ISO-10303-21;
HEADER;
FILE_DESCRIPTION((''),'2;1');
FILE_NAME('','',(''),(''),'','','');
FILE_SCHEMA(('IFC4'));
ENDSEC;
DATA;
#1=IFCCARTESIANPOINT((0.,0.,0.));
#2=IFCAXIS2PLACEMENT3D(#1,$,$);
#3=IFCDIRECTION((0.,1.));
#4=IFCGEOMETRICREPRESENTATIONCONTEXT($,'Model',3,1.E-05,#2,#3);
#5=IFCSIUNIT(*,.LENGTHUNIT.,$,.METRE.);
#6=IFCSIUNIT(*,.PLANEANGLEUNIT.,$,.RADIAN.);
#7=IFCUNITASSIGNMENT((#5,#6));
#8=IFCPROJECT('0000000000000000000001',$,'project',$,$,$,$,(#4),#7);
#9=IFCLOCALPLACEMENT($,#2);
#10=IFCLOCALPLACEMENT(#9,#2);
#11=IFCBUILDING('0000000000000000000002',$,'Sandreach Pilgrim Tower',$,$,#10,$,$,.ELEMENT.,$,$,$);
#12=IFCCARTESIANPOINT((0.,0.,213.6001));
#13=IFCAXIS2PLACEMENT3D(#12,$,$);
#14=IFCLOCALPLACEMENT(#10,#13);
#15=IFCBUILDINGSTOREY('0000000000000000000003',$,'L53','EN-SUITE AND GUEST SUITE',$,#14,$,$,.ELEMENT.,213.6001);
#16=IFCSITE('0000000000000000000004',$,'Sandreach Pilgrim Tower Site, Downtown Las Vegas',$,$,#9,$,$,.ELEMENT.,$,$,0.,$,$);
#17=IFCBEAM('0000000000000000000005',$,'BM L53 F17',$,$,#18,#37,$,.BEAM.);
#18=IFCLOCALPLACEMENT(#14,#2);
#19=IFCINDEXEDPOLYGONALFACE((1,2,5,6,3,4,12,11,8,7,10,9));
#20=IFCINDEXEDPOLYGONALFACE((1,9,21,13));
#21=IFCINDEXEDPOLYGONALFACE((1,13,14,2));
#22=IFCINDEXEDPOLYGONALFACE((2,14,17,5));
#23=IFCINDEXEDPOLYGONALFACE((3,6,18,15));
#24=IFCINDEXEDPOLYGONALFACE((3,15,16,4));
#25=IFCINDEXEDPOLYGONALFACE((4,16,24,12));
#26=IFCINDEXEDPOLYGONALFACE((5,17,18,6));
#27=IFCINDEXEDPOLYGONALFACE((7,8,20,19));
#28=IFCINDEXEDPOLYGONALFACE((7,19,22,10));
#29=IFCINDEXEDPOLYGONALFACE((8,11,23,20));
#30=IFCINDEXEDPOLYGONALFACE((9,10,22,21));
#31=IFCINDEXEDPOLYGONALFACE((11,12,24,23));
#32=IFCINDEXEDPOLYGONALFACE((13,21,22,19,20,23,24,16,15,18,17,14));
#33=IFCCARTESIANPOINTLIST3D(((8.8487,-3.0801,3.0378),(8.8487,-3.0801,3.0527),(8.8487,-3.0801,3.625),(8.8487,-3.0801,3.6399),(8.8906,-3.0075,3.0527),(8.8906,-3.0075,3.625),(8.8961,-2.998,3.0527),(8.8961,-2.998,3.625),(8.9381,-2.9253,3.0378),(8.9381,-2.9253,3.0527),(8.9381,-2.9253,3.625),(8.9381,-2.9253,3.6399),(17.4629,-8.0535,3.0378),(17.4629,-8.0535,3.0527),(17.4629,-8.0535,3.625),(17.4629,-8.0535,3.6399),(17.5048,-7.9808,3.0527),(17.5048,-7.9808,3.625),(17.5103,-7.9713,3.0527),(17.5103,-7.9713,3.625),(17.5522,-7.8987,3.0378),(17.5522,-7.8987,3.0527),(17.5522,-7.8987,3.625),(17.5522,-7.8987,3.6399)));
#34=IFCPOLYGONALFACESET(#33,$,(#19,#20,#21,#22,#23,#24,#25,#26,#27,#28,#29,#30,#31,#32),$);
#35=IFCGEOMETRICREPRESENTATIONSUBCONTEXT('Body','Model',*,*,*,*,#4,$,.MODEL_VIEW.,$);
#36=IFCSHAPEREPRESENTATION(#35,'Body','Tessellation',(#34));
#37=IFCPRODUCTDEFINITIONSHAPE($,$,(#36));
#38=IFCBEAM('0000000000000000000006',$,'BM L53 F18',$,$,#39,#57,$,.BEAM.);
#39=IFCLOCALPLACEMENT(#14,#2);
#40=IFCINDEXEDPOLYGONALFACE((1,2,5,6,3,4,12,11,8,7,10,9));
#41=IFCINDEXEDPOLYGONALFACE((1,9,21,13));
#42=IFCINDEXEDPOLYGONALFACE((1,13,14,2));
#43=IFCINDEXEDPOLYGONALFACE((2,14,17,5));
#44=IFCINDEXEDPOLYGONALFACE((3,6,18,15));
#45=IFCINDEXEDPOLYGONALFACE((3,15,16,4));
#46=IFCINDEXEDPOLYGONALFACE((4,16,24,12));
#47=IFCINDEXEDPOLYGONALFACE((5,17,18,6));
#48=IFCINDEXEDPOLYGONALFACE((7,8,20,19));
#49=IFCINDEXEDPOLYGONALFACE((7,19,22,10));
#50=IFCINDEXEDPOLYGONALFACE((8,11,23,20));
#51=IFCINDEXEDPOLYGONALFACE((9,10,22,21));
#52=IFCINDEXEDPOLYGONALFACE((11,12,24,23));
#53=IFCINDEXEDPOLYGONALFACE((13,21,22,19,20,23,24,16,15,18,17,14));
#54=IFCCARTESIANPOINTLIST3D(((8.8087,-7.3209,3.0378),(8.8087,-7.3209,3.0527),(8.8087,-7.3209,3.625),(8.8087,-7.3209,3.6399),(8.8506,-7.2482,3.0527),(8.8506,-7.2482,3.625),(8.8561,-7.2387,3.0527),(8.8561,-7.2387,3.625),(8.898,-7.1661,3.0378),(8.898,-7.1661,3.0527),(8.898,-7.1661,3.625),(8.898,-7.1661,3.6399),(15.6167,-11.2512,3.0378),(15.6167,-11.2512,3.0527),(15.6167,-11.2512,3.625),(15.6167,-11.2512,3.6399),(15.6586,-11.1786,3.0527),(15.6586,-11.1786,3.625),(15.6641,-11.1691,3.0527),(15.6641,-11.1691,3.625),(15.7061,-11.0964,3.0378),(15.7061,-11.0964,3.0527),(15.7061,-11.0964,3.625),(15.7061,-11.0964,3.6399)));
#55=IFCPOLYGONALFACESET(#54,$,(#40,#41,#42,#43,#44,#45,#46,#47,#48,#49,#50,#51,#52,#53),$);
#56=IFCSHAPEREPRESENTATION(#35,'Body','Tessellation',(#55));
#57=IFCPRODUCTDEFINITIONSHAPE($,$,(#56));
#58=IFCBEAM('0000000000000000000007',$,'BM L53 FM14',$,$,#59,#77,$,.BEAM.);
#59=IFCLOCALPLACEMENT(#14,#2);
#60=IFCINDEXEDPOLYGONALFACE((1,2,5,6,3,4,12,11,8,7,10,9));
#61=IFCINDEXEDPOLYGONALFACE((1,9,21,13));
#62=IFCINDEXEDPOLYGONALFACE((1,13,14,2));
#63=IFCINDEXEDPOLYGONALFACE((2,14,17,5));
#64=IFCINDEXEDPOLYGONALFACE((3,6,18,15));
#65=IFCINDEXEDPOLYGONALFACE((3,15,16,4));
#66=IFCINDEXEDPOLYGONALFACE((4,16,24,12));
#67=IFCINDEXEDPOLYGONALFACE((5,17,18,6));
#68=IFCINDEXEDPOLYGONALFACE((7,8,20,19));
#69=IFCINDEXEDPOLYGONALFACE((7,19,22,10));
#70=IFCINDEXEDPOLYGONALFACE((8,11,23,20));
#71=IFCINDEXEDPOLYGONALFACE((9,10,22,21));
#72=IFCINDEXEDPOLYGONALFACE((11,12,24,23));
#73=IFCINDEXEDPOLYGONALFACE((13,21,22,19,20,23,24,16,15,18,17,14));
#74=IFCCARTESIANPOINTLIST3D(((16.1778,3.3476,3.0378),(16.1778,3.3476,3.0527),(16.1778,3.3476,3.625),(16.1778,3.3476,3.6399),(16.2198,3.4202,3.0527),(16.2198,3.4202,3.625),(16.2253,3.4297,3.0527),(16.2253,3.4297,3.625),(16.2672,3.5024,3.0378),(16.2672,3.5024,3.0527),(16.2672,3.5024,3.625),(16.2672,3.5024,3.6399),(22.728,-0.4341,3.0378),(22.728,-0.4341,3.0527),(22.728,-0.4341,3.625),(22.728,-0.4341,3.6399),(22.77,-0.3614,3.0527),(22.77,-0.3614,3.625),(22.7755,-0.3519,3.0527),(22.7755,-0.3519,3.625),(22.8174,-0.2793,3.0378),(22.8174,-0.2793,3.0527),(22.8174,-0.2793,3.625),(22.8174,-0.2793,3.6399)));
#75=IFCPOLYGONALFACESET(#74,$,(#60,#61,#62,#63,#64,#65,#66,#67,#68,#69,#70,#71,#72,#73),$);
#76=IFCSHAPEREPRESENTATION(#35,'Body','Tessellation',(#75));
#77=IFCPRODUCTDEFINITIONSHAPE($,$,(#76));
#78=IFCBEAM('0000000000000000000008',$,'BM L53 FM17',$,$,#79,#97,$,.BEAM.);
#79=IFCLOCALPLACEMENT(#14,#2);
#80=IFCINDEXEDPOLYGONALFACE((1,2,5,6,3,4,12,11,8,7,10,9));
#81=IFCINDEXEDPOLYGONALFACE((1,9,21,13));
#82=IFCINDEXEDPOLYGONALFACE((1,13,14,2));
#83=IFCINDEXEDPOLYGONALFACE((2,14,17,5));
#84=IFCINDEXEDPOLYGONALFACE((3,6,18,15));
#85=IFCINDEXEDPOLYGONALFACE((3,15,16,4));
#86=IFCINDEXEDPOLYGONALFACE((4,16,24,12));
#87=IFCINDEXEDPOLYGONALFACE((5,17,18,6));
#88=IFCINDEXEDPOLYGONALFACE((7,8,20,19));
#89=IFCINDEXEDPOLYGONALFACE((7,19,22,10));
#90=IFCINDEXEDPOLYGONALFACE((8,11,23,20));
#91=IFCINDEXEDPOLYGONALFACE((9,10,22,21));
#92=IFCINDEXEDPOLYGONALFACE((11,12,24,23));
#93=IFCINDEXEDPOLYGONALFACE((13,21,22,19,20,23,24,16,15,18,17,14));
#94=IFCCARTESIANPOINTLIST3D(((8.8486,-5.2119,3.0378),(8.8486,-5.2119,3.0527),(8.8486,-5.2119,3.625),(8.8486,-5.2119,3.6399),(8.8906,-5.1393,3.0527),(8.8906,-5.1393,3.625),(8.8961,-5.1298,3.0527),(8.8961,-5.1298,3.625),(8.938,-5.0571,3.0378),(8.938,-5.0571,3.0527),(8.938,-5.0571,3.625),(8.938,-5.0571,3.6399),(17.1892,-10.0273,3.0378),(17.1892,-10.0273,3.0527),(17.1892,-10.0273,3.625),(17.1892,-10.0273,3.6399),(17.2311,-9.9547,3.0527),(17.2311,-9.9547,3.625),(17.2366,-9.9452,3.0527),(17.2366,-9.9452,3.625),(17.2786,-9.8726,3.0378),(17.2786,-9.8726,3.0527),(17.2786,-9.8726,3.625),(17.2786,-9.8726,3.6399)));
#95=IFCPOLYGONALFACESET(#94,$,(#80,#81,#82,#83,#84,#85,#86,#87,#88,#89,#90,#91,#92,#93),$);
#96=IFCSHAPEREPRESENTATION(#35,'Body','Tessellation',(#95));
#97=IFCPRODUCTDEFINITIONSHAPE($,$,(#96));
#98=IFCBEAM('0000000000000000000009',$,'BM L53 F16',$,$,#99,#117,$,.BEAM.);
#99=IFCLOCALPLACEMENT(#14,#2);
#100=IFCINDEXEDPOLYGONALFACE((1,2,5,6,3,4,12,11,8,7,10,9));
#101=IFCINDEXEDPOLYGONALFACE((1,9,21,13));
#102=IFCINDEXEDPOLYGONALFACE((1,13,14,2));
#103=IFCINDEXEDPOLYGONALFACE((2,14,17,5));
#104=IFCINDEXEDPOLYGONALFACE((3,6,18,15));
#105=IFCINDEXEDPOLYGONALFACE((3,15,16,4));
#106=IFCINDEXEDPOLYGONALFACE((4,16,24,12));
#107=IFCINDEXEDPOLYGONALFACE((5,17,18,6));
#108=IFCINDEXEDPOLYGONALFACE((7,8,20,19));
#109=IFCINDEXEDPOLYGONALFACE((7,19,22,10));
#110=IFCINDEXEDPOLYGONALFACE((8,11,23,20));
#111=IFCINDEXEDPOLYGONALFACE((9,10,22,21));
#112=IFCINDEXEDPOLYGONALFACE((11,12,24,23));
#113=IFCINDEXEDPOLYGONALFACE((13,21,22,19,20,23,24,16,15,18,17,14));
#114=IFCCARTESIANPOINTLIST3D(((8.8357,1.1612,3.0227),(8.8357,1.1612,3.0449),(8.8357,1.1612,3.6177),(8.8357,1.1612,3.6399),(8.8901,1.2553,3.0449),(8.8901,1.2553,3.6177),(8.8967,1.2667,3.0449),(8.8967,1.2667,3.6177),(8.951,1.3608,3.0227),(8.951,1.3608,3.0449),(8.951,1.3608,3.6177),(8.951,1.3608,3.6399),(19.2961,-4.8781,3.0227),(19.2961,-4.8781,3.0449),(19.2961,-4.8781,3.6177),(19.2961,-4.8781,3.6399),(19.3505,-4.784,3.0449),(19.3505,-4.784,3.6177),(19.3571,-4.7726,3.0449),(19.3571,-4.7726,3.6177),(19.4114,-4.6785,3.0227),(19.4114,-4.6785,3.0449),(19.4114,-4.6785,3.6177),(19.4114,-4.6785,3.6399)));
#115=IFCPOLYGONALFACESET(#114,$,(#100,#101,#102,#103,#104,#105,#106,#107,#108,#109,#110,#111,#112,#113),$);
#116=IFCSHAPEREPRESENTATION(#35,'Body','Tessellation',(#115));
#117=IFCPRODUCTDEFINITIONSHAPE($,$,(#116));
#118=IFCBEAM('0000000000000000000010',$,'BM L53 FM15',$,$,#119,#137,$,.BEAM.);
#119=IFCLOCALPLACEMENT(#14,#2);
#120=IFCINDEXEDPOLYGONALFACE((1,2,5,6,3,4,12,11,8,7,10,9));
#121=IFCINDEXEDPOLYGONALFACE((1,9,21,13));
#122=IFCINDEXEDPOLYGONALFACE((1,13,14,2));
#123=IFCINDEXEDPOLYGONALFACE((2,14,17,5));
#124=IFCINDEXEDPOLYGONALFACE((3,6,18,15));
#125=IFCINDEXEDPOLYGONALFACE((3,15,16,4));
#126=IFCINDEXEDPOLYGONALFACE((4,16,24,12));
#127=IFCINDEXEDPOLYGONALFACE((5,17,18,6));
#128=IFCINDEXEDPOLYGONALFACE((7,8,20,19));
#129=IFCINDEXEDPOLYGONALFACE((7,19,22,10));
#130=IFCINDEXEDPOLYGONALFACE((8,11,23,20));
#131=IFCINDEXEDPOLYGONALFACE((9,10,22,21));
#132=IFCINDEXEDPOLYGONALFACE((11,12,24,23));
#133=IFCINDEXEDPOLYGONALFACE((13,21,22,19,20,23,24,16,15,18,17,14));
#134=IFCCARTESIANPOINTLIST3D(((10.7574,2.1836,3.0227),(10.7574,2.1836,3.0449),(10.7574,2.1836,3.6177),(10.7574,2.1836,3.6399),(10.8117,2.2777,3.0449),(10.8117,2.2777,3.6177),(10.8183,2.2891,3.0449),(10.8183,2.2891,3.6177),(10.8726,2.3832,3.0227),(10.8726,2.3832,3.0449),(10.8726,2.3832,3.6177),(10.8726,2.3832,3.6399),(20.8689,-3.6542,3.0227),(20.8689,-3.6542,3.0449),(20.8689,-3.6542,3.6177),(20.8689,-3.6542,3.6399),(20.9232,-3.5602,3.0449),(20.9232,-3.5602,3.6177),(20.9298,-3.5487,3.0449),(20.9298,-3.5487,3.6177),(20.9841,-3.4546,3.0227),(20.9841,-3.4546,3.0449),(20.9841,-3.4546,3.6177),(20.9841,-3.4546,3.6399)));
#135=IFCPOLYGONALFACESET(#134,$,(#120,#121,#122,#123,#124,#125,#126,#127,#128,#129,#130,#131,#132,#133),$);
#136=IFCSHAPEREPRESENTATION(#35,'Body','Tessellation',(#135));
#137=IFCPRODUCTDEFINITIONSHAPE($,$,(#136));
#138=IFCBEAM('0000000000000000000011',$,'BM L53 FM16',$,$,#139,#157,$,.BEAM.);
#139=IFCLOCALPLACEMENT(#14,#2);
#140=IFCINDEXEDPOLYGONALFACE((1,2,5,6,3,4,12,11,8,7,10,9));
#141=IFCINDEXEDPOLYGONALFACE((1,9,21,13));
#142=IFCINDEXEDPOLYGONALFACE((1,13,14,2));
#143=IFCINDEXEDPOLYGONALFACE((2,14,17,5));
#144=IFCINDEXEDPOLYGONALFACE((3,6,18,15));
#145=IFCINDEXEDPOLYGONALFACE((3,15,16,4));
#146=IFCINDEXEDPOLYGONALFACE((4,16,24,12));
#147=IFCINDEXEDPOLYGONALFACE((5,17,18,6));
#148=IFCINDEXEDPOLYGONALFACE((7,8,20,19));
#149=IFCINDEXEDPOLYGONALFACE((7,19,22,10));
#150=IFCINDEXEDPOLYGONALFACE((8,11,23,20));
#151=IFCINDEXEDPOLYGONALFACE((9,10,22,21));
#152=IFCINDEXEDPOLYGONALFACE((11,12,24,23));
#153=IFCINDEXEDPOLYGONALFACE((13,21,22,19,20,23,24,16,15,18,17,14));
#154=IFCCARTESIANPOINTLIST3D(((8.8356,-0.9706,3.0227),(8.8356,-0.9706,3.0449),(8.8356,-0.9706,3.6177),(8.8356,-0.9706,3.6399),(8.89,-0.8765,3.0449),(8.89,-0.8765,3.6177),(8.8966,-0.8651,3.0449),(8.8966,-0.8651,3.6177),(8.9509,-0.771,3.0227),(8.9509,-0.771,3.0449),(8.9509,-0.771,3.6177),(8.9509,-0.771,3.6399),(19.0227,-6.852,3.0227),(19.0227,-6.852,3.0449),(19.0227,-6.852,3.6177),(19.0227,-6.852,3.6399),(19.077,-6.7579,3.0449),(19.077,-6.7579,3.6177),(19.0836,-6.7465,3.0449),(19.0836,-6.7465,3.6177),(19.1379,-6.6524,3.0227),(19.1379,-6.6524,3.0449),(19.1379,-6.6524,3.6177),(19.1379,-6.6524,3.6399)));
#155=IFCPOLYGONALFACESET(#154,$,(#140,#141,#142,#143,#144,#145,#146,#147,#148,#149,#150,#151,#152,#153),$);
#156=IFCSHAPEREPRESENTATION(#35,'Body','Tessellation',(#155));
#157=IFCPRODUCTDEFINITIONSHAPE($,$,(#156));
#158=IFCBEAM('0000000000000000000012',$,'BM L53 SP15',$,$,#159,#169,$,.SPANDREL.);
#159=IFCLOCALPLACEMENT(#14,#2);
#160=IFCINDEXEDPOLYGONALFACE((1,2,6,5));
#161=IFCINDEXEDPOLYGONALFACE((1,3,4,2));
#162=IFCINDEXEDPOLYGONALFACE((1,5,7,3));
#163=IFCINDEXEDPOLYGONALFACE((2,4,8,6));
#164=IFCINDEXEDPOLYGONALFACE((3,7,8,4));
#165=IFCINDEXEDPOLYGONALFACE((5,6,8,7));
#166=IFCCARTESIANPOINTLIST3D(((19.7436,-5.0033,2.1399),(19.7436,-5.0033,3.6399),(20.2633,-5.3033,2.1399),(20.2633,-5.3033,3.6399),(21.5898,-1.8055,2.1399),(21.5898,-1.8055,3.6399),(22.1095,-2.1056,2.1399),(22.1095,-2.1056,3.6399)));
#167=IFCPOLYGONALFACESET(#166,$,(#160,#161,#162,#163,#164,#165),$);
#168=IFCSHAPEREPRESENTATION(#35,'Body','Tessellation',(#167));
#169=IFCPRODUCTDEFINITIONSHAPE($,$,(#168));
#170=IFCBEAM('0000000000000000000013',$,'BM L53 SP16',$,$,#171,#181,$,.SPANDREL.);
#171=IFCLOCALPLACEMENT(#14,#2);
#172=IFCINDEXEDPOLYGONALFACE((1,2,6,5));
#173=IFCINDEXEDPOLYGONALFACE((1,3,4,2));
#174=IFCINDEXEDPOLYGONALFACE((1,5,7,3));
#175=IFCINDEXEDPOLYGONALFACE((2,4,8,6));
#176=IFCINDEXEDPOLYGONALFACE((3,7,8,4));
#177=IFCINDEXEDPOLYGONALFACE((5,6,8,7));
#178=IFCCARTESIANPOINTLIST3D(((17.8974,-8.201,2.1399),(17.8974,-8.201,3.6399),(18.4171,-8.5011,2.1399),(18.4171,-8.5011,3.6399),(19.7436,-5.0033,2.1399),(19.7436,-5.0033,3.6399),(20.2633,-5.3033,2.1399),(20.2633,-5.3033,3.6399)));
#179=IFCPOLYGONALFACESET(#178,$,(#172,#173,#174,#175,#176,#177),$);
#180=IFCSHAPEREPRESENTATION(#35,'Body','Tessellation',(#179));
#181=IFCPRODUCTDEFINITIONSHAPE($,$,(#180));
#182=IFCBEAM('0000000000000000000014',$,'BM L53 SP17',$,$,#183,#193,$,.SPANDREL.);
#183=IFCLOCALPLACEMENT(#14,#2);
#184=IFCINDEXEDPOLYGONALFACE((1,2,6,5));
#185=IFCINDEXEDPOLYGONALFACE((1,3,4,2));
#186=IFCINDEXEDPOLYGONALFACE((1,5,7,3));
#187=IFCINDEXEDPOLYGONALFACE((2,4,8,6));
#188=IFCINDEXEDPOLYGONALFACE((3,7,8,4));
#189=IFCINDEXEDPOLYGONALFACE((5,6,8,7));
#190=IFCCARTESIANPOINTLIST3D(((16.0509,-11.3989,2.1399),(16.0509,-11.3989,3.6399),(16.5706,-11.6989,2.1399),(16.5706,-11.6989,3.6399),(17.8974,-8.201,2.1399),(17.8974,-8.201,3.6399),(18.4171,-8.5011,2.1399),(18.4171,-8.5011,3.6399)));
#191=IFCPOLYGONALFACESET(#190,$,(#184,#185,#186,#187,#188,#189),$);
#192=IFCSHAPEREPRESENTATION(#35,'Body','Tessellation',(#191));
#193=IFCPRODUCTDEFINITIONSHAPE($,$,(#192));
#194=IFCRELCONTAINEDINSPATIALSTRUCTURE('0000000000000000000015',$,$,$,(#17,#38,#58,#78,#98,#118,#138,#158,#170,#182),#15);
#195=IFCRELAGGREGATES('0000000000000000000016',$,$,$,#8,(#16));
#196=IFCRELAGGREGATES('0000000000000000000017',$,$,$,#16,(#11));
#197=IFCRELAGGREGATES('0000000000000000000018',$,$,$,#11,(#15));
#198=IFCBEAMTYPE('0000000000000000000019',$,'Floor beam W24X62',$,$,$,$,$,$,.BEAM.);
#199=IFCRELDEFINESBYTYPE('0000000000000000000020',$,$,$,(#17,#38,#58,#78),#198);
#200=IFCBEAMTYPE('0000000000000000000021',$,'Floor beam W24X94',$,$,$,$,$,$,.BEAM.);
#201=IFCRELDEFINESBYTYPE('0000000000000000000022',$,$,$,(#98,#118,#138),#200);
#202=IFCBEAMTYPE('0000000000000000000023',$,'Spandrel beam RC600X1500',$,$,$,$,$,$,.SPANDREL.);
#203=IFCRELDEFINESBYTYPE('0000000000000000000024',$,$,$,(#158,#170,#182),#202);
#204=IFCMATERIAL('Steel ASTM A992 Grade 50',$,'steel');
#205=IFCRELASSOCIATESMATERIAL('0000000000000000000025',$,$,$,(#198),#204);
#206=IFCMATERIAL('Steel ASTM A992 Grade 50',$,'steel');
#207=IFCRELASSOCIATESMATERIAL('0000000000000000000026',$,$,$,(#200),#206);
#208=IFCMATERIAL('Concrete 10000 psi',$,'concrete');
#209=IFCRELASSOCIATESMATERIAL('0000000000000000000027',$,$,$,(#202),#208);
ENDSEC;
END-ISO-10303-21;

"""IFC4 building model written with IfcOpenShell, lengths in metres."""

from ifc_helpers import new_model, si_unit, direction, frame, origin, origin_2d, place, context, subcontext, project, spatial, rectangle, i_section, extrude, material, material_profile, profile_set, type_object, element, save


model = new_model("IFC4")

# Units and contexts
model_context = context("Model", 3, precision=1e-05, world=origin(), true_north=direction((0.0, 1.0)))
body_context = subcontext(model_context, "Body", "Model", "MODEL_VIEW")
ifc_project = project(units=[si_unit("LENGTHUNIT", "METRE"), si_unit("PLANEANGLEUNIT", "RADIAN")], contexts=[model_context])

# Site, building, storey
site_placement = place(None, origin())
site = spatial("IfcSite", under=ifc_project, at=site_placement, Name="Sandreach Pilgrim Tower Site, Downtown Las Vegas", CompositionType="ELEMENT", RefElevation=0.0)
building_placement = place(site_placement, origin())
building = spatial("IfcBuilding", under=site, at=building_placement, Name="Sandreach Pilgrim Tower", CompositionType="ELEMENT")
storey_placement = place(building_placement, frame((0.0, 0.0, 213.6001)))
storey = spatial("IfcBuildingStorey", under=building, at=storey_placement, Name="L53", Description="EN-SUITE AND GUEST SUITE", CompositionType="ELEMENT", Elevation=213.6001)

# Beams
ifc_material_1 = material(Name="Steel ASTM A992 Grade 50", Category="steel")
ifc_material_profile_1 = material_profile(ifc_material_1, i_section(OverallWidth=0.1787, OverallDepth=0.6021, WebThickness=0.011, FlangeThickness=0.0149, at=origin_2d()), Name="W24X62")
ifc_profile_set_1 = profile_set([ifc_material_profile_1], Name="Steel ASTM A992 Grade 50")
beam_type_1 = type_object("IfcBeamType", Name="Floor beam W24X62", PredefinedType="BEAM", material=ifc_profile_set_1)
beam_1_placement = place(storey_placement, frame((17.5076, -7.9761, 3.3389), z_axis=(-0.866028, 0.499996, 0.0), x_axis=(-0.499996, -0.866028, 0.0)))
element("IfcBeam", 1, at=beam_1_placement, inside=storey, type_object=beam_type_1, Name="BM L53 F17", PredefinedType="BEAM", context=body_context, shape_type="SweptSolid", body=[
    extrude(i_section(OverallWidth=0.1787, OverallDepth=0.6021, WebThickness=0.011, FlangeThickness=0.0149, at=origin_2d()), origin(), (0.0, 0.0, 1.0), 9.9468),
])
beam_2_placement = place(storey_placement, frame((15.6614, -11.1738, 3.3389), z_axis=(-0.866039, 0.499977, 0.0), x_axis=(-0.499977, -0.866039, 0.0)))
element("IfcBeam", 2, at=beam_2_placement, inside=storey, type_object=beam_type_1, Name="BM L53 F18", PredefinedType="BEAM", context=body_context, shape_type="SweptSolid", body=[
    extrude(i_section(OverallWidth=0.1787, OverallDepth=0.6021, WebThickness=0.011, FlangeThickness=0.0149, at=origin_2d()), origin(), (0.0, 0.0, 1.0), 7.8611),
])
beam_3_placement = place(storey_placement, frame((22.7727, -0.3567, 3.3389), z_axis=(-0.86603, 0.499993, 0.0), x_axis=(-0.499993, -0.86603, 0.0)))
element("IfcBeam", 3, at=beam_3_placement, inside=storey, type_object=beam_type_1, Name="BM L53 FM14", PredefinedType="BEAM", context=body_context, shape_type="SweptSolid", body=[
    extrude(i_section(OverallWidth=0.1787, OverallDepth=0.6021, WebThickness=0.011, FlangeThickness=0.0149, at=origin_2d()), origin(), (0.0, 0.0, 1.0), 7.5635),
])
beam_4_placement = place(storey_placement, frame((17.2339, -9.95, 3.3389), z_axis=(-0.866026, 0.5, 0.0), x_axis=(-0.5, -0.866026, 0.0)))
element("IfcBeam", 4, at=beam_4_placement, inside=storey, type_object=beam_type_1, Name="BM L53 FM17", PredefinedType="BEAM", context=body_context, shape_type="SweptSolid", body=[
    extrude(i_section(OverallWidth=0.1787, OverallDepth=0.6021, WebThickness=0.011, FlangeThickness=0.0149, at=origin_2d()), origin(), (0.0, 0.0, 1.0), 9.6309),
])
ifc_material_2 = material(Name="Steel ASTM A992 Grade 50", Category="steel")
ifc_material_profile_2 = material_profile(ifc_material_2, i_section(OverallWidth=0.2305, OverallDepth=0.6172, WebThickness=0.0132, FlangeThickness=0.0222, at=origin_2d()), Name="W24X94")
ifc_profile_set_2 = profile_set([ifc_material_profile_2], Name="Steel ASTM A992 Grade 50")
beam_type_2 = type_object("IfcBeamType", Name="Floor beam W24X94", PredefinedType="BEAM", material=ifc_profile_set_2)
beam_5_placement = place(storey_placement, frame((19.3538, -4.7783, 3.3313), z_axis=(-0.866027, 0.499998, 0.0), x_axis=(-0.499998, -0.866027, 0.0)))
element("IfcBeam", 5, at=beam_5_placement, inside=storey, type_object=beam_type_2, Name="BM L53 F16", PredefinedType="BEAM", context=body_context, shape_type="SweptSolid", body=[
    extrude(i_section(OverallWidth=0.2305, OverallDepth=0.6172, WebThickness=0.0132, FlangeThickness=0.0222, at=origin_2d()), origin(), (0.0, 0.0, 1.0), 12.0786),
])
beam_6_placement = place(storey_placement, frame((20.9265, -3.5544, 3.3313), z_axis=(-0.866026, 0.499998, 0.0), x_axis=(-0.499998, -0.866026, 0.0)))
element("IfcBeam", 6, at=beam_6_placement, inside=storey, type_object=beam_type_2, Name="BM L53 FM15", PredefinedType="BEAM", context=body_context, shape_type="SweptSolid", body=[
    extrude(i_section(OverallWidth=0.2305, OverallDepth=0.6172, WebThickness=0.0132, FlangeThickness=0.0222, at=origin_2d()), origin(), (0.0, 0.0, 1.0), 11.6758),
])
beam_7_placement = place(storey_placement, frame((19.0803, -6.7522, 3.3313), z_axis=(-0.86603, 0.499992, 0.0), x_axis=(-0.499992, -0.86603, 0.0)))
element("IfcBeam", 7, at=beam_7_placement, inside=storey, type_object=beam_type_2, Name="BM L53 FM16", PredefinedType="BEAM", context=body_context, shape_type="SweptSolid", body=[
    extrude(i_section(OverallWidth=0.2305, OverallDepth=0.6172, WebThickness=0.0132, FlangeThickness=0.0222, at=origin_2d()), origin(), (0.0, 0.0, 1.0), 11.7629),
])
ifc_material_3 = material(Name="Concrete 10000 psi", Category="concrete")
ifc_material_profile_3 = material_profile(ifc_material_3, rectangle(XDim=0.6001, YDim=1.5, at=origin_2d()), Name="RC600X1500")
ifc_profile_set_3 = profile_set([ifc_material_profile_3], Name="Concrete 10000 psi")
beam_type_3 = type_object("IfcBeamType", Name="Spandrel beam RC600X1500", PredefinedType="SPANDREL", material=ifc_profile_set_3)
for number, where, z_axis, x_axis, name in (
    (8, (21.8496, -1.9556, 2.8899), (-0.499993, -0.866029, 0.0), (0.866029, -0.499993, 0.0), "BM L53 SP15"),
    (9, (20.0034, -5.1533, 2.8899), (-0.499993, -0.866029, 0.0), (0.866029, -0.499993, 0.0), "BM L53 SP16"),
):
    element("IfcBeam", number, at=place(storey_placement, frame(where, z_axis=z_axis, x_axis=x_axis)), inside=storey, type_object=beam_type_3, Name=name, PredefinedType="SPANDREL", context=body_context, shape_type="SweptSolid", body=[
        extrude(rectangle(XDim=0.6001, YDim=1.5, at=origin_2d()), origin(), (0.0, 0.0, 1.0), 3.6924),
    ])
for number, where, z_axis, x_axis, name in (
    (10, (18.1572, -8.3511, 2.8899), (-0.500043, -0.866001, 0.0), (0.866001, -0.500043, 0.0), "BM L53 SP17"),
):
    element("IfcBeam", number, at=place(storey_placement, frame(where, z_axis=z_axis, x_axis=x_axis)), inside=storey, type_object=beam_type_3, Name=name, PredefinedType="SPANDREL", context=body_context, shape_type="SweptSolid", body=[
        extrude(rectangle(XDim=0.6001, YDim=1.5, at=origin_2d()), origin(), (0.0, 0.0, 1.0), 3.6926),
    ])

save(model, "model.ifc")
